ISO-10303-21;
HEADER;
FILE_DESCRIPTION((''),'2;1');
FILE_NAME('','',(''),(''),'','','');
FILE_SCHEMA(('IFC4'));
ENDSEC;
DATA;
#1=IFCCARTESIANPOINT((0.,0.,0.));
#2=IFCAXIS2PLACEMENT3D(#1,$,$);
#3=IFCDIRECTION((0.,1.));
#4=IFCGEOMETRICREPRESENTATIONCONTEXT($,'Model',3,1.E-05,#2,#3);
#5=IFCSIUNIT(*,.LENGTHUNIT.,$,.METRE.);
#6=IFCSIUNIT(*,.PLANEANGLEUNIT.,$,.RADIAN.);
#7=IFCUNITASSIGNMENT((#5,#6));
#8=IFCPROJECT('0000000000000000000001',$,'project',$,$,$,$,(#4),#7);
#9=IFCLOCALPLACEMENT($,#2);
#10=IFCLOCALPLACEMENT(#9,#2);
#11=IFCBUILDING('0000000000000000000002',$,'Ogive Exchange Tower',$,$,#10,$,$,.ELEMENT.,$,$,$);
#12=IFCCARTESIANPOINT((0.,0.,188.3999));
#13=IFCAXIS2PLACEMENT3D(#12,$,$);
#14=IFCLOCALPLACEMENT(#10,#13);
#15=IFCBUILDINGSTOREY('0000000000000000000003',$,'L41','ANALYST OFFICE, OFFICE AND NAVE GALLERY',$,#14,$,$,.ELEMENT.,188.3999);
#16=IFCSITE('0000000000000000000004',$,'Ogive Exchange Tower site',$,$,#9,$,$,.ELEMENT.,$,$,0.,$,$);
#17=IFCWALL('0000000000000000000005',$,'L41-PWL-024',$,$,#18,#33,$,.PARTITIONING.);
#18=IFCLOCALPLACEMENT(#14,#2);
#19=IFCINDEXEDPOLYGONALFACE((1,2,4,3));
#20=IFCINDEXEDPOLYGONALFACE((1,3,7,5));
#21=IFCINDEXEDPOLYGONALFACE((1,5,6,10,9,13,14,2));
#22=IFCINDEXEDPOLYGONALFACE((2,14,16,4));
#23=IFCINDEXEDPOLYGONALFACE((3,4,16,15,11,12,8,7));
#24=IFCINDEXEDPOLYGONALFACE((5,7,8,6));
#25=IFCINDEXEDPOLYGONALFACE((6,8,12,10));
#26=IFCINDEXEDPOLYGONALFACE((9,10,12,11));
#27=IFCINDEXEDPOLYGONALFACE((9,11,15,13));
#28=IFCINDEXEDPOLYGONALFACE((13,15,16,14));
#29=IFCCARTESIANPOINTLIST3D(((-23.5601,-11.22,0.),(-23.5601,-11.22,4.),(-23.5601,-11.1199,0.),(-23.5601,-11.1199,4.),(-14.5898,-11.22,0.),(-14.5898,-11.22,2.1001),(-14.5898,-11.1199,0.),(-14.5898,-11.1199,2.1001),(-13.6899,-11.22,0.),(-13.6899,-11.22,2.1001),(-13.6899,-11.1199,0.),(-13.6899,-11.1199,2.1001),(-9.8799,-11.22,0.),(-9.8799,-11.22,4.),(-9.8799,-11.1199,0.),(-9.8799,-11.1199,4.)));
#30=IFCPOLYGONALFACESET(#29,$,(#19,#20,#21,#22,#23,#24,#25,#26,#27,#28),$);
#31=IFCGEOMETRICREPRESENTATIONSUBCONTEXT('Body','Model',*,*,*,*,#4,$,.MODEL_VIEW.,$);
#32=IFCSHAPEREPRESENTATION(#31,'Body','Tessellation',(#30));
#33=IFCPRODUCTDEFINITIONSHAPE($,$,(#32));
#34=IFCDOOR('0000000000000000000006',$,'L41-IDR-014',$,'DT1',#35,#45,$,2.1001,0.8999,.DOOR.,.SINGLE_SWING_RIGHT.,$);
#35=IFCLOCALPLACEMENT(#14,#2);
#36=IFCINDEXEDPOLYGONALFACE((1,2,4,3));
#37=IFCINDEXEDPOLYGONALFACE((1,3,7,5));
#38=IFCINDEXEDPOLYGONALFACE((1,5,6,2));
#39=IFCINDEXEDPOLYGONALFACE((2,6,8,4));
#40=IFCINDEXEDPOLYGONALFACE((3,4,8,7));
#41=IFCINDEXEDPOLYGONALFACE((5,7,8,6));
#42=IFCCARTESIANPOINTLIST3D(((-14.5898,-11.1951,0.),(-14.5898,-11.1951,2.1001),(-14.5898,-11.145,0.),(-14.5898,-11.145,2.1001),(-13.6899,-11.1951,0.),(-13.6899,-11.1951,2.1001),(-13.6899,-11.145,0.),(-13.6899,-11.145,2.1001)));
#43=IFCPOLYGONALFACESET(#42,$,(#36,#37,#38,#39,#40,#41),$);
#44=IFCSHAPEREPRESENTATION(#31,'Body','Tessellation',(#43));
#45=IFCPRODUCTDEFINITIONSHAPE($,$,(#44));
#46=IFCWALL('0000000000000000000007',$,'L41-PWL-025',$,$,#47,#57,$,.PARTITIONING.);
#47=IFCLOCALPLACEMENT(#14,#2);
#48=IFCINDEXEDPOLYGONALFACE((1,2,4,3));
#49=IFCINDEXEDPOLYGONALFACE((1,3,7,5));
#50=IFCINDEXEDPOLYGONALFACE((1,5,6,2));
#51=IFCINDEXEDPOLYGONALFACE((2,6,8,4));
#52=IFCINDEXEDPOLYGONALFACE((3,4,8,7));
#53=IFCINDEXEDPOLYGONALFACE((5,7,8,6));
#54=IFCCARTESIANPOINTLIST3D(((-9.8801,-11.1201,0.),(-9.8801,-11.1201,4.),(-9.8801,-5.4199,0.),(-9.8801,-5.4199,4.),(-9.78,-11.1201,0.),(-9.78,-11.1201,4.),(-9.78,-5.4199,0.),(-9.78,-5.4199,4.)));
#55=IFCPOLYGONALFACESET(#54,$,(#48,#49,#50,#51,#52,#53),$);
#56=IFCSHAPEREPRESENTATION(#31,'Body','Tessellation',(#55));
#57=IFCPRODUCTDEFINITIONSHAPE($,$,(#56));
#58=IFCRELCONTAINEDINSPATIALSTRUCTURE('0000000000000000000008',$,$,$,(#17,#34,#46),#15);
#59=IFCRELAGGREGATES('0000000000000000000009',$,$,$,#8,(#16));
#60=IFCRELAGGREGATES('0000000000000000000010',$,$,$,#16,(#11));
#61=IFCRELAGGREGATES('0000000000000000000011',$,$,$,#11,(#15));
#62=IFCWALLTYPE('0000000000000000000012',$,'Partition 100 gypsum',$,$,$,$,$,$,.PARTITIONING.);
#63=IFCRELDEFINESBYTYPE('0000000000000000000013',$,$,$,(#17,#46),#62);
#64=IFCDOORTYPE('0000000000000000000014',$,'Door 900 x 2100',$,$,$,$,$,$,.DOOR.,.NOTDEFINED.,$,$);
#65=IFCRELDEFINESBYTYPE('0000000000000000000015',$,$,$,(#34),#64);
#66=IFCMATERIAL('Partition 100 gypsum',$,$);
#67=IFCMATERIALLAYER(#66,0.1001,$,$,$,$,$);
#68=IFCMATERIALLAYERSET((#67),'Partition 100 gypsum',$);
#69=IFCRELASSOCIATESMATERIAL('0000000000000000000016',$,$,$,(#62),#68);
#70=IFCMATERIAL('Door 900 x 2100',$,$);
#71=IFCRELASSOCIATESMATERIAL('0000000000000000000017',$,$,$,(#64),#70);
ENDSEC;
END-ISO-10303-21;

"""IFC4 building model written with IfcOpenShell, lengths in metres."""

from ifc_helpers import new_model, si_unit, direction, frame, frame_2d, origin, place, context, subcontext, project, spatial, rectangle, extrude, material, layer, layer_set, type_object, element, fill, save


model = new_model("IFC4")

# Units and contexts
model_context = context("Model", 3, precision=1e-05, world=origin(), true_north=direction((0.0, 1.0)))
body_context = subcontext(model_context, "Body", "Model", "MODEL_VIEW")
ifc_project = project(units=[si_unit("LENGTHUNIT", "METRE"), si_unit("PLANEANGLEUNIT", "RADIAN")], contexts=[model_context])

# Site, building, storey
site_placement = place(None, origin())
site = spatial("IfcSite", under=ifc_project, at=site_placement, Name="Ogive Exchange Tower site", CompositionType="ELEMENT", RefElevation=0.0)
building_placement = place(site_placement, origin())
building = spatial("IfcBuilding", under=site, at=building_placement, Name="Ogive Exchange Tower", CompositionType="ELEMENT")
storey_placement = place(building_placement, frame((0.0, 0.0, 188.3999)))
storey = spatial("IfcBuildingStorey", under=building, at=storey_placement, Name="L41", Description="ANALYST OFFICE, OFFICE AND NAVE GALLERY", CompositionType="ELEMENT", Elevation=188.3999)

# Shared definitions
ifc_material_1 = material(Name="Partition 100 gypsum")
ifc_layer_1 = layer(ifc_material_1, 0.1001)
ifc_layer_set_1 = layer_set([ifc_layer_1], Name="Partition 100 gypsum")
wall_type_1 = type_object("IfcWallType", Name="Partition 100 gypsum", PredefinedType="PARTITIONING", material=ifc_layer_set_1)

# Wall, opening, door
wall_1_placement = place(storey_placement, frame((-9.8799, -11.1699, 0.0), z_axis=(0.0, 0.0, 1.0), x_axis=(-1.0, 0.0, 0.0)))
wall_1 = element("IfcWall", 1, at=wall_1_placement, inside=storey, type_object=wall_type_1, Name="L41-PWL-024", PredefinedType="PARTITIONING", context=body_context, shape_type="SweptSolid", body=[
    extrude(rectangle(XDim=13.6802, YDim=0.1001, at=frame_2d((6.8401, 0.0))), origin(), (0.0, 0.0, 1.0), 4.0),
])
opening_1_placement = place(wall_1_placement, frame((3.8101, 0.0, 0.0)))
opening_1 = element("IfcOpeningElement", 2, at=opening_1_placement, cuts=wall_1, PredefinedType="OPENING", context=body_context, shape_type="SweptSolid", body=[
    extrude(rectangle(XDim=0.8999, YDim=2.1001, at=frame_2d((0.45, 1.05))), frame((0.0, 0.0601, 0.0), z_axis=(0.0, -1.0, 0.0), x_axis=(1.0, 0.0, 0.0)), (0.0, 0.0, 1.0), 0.1201),
])
ifc_material_2 = material(Name="Door 900 x 2100")
door_type_1 = type_object("IfcDoorType", Name="Door 900 x 2100", OperationType="NOTDEFINED", PredefinedType="DOOR", material=ifc_material_2)
door_1_placement = place(opening_1_placement, frame((0.8999, 0.0, 0.0), z_axis=(0.0, 0.0, 1.0), x_axis=(-1.0, 0.0, 0.0)))
door_1 = element("IfcDoor", 3, at=door_1_placement, inside=storey, type_object=door_type_1, Name="L41-IDR-014", ObjectType="DT1", OperationType="SINGLE_SWING_RIGHT", OverallHeight=2.1001, OverallWidth=0.8999, PredefinedType="DOOR", context=body_context, shape_type="SweptSolid", body=[
    extrude(rectangle(XDim=0.8999, YDim=2.1001, at=frame_2d((0.45, 1.05))), frame((0.0, 0.0249, 0.0), z_axis=(0.0, -1.0, 0.0), x_axis=(1.0, 0.0, 0.0)), (0.0, 0.0, 1.0), 0.05),
])
fill(opening_1, door_1)

# Wall
wall_2_placement = place(storey_placement, frame((-9.8301, -11.1201, 0.0), z_axis=(0.0, 0.0, 1.0), x_axis=(0.0, 1.0, 0.0)))
element("IfcWall", 4, at=wall_2_placement, inside=storey, type_object=wall_type_1, Name="L41-PWL-025", PredefinedType="PARTITIONING", context=body_context, shape_type="SweptSolid", body=[
    extrude(rectangle(XDim=5.7002, YDim=0.1001, at=frame_2d((2.8501, 0.0))), origin(), (0.0, 0.0, 1.0), 4.0),
])

save(model, "model.ifc")
